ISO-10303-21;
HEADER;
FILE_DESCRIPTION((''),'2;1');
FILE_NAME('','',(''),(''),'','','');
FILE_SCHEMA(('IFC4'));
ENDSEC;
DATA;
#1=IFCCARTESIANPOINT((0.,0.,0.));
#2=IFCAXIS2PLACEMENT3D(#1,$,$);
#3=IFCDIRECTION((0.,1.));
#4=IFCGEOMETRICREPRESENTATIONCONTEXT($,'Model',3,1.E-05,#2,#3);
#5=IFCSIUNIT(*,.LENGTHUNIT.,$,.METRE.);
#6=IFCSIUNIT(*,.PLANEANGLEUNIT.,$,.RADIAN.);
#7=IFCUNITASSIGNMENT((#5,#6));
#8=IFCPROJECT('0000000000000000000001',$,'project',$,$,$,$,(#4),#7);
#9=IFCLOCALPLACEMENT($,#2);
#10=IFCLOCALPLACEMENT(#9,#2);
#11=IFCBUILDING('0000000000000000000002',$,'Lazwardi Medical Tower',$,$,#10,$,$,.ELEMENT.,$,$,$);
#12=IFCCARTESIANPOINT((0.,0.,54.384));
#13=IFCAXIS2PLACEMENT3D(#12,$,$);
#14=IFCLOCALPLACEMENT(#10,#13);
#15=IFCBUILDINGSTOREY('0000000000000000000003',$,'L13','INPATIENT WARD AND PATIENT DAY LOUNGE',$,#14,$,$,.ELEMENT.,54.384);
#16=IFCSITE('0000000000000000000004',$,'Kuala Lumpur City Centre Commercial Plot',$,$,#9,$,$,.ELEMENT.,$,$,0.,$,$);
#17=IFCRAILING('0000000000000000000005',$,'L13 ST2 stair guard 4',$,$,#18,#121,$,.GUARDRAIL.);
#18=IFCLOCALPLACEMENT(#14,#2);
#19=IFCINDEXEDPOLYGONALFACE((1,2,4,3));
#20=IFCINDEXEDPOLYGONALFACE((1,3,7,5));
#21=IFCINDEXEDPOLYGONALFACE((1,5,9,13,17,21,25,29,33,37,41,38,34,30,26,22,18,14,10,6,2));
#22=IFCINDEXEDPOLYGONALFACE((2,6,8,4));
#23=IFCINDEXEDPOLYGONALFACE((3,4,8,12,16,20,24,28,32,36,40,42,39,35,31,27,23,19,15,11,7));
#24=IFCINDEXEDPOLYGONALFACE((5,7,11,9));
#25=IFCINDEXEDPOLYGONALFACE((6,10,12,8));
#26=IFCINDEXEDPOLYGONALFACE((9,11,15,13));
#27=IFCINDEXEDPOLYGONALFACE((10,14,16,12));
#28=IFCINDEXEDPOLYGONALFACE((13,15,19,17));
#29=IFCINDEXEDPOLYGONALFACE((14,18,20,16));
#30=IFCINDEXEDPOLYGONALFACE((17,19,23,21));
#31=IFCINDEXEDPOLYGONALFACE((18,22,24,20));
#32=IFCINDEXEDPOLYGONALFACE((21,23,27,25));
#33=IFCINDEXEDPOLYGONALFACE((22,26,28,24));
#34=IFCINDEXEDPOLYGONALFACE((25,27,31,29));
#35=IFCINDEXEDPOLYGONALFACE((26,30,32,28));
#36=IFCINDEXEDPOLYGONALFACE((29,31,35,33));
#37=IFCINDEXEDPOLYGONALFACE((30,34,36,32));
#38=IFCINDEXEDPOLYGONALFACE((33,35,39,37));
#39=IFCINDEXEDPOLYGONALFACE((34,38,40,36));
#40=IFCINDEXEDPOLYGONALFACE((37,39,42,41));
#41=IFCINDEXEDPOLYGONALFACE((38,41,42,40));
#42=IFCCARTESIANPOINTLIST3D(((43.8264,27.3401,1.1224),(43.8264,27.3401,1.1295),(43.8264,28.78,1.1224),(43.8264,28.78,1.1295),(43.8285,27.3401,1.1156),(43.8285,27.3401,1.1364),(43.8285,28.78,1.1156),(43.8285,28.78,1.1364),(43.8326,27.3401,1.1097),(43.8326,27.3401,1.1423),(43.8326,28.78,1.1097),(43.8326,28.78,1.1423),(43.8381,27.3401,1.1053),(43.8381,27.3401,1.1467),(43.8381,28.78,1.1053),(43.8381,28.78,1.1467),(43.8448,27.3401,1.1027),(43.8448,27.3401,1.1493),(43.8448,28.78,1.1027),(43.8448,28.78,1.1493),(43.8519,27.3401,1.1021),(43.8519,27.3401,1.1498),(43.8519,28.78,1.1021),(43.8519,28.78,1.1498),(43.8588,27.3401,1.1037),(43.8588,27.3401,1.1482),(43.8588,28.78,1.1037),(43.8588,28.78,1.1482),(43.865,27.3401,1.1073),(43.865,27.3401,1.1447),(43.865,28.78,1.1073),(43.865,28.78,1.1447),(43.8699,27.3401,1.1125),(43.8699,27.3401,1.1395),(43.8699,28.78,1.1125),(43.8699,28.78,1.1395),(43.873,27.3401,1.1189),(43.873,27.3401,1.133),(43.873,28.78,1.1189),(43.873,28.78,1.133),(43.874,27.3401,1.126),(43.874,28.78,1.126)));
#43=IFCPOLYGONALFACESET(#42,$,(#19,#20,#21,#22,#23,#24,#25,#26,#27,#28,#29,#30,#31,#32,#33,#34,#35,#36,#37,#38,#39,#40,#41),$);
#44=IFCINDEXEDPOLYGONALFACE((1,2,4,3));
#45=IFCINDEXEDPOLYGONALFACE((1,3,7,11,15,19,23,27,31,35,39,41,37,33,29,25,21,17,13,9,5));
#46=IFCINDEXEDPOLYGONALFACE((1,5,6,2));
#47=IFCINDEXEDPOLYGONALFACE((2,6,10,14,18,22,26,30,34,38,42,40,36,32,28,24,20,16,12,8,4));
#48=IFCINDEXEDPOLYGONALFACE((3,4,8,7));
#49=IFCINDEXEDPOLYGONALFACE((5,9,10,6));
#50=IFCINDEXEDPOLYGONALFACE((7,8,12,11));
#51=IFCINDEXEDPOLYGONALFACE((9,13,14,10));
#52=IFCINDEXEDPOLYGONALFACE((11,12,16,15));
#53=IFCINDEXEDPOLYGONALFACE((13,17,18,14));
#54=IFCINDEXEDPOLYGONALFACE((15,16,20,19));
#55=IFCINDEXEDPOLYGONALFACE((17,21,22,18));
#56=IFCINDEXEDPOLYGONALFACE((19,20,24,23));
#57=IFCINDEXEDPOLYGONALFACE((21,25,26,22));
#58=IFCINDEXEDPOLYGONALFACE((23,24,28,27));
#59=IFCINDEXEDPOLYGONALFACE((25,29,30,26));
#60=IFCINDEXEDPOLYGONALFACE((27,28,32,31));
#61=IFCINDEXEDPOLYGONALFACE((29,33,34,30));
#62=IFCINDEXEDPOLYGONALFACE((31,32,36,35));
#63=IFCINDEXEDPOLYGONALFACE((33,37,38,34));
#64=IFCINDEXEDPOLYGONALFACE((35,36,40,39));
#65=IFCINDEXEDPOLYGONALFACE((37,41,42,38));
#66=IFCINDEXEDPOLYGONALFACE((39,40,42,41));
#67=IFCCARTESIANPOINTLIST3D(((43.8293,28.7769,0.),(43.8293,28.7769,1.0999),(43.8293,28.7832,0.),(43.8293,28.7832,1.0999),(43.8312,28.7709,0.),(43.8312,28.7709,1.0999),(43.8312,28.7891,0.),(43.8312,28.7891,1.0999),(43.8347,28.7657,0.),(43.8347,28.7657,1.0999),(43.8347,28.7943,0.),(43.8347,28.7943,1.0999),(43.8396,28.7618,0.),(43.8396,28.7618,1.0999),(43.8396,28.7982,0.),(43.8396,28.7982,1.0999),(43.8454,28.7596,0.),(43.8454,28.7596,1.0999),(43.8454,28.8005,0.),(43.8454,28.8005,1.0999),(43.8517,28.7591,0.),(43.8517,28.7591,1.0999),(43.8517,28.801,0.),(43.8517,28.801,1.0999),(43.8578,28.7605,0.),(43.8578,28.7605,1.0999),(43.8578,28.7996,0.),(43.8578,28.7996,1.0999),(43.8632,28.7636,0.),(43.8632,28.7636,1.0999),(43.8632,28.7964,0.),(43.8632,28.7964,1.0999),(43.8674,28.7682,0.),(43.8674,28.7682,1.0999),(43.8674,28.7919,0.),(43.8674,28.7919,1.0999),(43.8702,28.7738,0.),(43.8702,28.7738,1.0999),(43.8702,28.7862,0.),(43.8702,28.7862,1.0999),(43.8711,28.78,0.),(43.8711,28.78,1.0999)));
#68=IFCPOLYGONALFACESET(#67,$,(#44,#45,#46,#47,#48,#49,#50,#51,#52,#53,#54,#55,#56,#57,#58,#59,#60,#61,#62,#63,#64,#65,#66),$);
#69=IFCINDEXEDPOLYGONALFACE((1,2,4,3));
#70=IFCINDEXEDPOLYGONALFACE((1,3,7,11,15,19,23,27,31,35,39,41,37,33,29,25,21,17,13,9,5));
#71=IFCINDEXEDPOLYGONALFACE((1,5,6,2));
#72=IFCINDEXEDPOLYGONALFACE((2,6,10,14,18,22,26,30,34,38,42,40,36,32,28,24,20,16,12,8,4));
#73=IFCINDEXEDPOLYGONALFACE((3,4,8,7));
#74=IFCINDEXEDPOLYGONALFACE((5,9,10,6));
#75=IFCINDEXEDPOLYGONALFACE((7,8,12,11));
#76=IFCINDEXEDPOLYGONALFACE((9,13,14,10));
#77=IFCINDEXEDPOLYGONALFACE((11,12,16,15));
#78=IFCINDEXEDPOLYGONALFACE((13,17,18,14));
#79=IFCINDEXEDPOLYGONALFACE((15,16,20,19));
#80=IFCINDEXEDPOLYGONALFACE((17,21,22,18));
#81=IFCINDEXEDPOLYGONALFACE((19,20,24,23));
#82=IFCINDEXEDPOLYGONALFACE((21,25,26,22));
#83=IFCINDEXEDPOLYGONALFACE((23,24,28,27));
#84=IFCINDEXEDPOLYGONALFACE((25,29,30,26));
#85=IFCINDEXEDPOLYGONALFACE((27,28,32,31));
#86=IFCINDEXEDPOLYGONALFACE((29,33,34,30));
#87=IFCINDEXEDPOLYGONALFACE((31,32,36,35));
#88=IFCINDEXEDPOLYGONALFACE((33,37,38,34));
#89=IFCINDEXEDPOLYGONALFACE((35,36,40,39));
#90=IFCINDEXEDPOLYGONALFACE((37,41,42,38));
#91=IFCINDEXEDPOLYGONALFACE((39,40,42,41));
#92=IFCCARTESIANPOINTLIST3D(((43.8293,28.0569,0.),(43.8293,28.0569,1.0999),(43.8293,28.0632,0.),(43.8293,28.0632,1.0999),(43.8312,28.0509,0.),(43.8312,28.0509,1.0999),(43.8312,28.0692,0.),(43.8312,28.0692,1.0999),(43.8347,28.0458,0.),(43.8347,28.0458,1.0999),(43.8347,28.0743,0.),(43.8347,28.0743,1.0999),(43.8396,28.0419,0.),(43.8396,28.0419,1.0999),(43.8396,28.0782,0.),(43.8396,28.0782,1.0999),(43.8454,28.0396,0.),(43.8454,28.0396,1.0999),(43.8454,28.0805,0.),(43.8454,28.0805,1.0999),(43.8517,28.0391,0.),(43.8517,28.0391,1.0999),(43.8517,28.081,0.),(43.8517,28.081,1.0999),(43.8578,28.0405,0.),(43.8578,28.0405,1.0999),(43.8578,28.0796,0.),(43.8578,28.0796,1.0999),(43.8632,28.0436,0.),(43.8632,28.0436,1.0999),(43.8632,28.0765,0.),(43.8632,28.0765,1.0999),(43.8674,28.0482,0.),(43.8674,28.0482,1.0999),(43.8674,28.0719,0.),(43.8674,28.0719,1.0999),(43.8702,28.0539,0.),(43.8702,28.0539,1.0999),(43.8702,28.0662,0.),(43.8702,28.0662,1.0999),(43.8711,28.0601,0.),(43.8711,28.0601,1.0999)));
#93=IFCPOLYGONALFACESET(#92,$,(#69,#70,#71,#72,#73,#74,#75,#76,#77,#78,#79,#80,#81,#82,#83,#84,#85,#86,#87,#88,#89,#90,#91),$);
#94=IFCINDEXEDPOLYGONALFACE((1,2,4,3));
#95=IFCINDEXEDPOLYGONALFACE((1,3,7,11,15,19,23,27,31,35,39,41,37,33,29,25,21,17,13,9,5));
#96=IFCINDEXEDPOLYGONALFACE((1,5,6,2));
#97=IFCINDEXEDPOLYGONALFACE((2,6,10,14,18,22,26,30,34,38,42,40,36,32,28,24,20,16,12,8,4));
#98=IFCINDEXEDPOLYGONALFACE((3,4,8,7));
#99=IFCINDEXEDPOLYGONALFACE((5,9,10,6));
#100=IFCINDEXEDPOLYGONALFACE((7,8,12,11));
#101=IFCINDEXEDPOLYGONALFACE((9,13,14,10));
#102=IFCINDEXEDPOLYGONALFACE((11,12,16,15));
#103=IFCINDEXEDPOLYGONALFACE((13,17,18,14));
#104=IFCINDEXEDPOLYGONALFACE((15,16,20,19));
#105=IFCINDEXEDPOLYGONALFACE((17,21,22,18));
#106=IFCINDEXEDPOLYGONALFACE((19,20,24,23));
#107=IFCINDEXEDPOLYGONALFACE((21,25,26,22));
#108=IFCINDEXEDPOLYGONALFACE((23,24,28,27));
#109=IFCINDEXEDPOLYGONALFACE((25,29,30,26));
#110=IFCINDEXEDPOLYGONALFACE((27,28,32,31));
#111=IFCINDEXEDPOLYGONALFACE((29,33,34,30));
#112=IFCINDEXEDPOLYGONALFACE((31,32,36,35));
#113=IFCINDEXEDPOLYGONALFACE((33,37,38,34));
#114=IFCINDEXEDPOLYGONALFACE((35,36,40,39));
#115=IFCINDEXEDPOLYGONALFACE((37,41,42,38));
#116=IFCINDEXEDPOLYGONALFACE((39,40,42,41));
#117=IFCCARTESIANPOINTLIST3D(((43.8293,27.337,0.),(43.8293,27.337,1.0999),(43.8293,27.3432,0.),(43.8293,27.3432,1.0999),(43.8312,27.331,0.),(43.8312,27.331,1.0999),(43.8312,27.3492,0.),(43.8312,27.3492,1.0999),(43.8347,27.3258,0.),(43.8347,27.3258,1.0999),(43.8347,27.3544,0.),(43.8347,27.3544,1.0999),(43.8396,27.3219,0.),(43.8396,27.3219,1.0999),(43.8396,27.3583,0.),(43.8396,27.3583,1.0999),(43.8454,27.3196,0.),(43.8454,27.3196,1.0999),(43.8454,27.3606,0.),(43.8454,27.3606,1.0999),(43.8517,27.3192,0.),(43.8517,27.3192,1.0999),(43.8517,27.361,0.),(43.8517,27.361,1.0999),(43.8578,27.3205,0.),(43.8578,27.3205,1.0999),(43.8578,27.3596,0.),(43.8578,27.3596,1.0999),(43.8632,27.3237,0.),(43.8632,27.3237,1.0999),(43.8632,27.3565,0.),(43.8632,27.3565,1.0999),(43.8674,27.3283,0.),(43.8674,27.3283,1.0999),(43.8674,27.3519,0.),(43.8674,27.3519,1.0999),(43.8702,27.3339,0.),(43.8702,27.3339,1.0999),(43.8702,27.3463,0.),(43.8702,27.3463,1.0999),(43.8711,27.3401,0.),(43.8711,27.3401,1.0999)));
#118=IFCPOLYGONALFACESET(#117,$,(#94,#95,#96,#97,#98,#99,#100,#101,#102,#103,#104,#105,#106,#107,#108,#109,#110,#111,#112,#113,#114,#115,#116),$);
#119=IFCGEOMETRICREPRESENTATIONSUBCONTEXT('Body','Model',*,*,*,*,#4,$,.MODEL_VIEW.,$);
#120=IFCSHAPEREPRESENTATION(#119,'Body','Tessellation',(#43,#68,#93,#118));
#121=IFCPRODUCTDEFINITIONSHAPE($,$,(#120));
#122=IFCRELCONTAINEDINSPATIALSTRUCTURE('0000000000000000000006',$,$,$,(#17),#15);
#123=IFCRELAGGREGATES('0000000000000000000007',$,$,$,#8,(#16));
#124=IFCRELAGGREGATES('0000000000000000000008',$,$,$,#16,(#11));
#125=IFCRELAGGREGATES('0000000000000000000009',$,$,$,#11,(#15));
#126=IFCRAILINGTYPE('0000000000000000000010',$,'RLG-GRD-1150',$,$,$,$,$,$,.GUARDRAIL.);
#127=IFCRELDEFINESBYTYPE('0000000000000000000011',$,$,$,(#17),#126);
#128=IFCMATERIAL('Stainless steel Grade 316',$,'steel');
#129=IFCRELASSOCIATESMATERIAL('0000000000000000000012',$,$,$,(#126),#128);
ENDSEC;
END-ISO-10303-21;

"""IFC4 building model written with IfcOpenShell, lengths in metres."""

from ifc_helpers import new_model, si_unit, direction, frame, origin, origin_2d, place, context, subcontext, project, spatial, circle, extrude, material, type_object, element, save


model = new_model("IFC4")

# Units and contexts
model_context = context("Model", 3, precision=1e-05, world=origin(), true_north=direction((0.0, 1.0)))
body_context = subcontext(model_context, "Body", "Model", "MODEL_VIEW")
ifc_project = project(units=[si_unit("LENGTHUNIT", "METRE"), si_unit("PLANEANGLEUNIT", "RADIAN")], contexts=[model_context])

# Site, building, storey
site_placement = place(None, origin())
site = spatial("IfcSite", under=ifc_project, at=site_placement, Name="Kuala Lumpur City Centre Commercial Plot", CompositionType="ELEMENT", RefElevation=0.0)
building_placement = place(site_placement, origin())
building = spatial("IfcBuilding", under=site, at=building_placement, Name="Lazwardi Medical Tower", CompositionType="ELEMENT")
storey_placement = place(building_placement, frame((0.0, 0.0, 54.384)))
storey = spatial("IfcBuildingStorey", under=building, at=storey_placement, Name="L13", Description="INPATIENT WARD AND PATIENT DAY LOUNGE", CompositionType="ELEMENT", Elevation=54.384)

# Railing
ifc_material_1 = material(Name="Stainless steel Grade 316", Category="steel")
railing_type_1 = type_object("IfcRailingType", Name="RLG-GRD-1150", PredefinedType="GUARDRAIL", material=ifc_material_1)
railing_1_placement = place(storey_placement, frame((43.8501, 28.78, 0.0)))
element("IfcRailing", 1, at=railing_1_placement, inside=storey, type_object=railing_type_1, Name="L13 ST2 stair guard 4", PredefinedType="GUARDRAIL", context=body_context, shape_type="SweptSolid", body=[
    extrude(circle(Radius=0.0239, at=origin_2d()), frame((0.0, 0.0, 1.126), z_axis=(0.0, -1.0, 0.0), x_axis=(1.0, 0.0, 0.0)), (0.0, 0.0, 1.0), 1.4399),
    extrude(circle(Radius=0.021, at=origin_2d()), origin(), (0.0, 0.0, 1.0), 1.0999),
    extrude(circle(Radius=0.021, at=origin_2d()), frame((0.0, -0.72, 0.0)), (0.0, 0.0, 1.0), 1.0999),
    extrude(circle(Radius=0.021, at=origin_2d()), frame((0.0, -1.4399, 0.0)), (0.0, 0.0, 1.0), 1.0999),
])

save(model, "model.ifc")
